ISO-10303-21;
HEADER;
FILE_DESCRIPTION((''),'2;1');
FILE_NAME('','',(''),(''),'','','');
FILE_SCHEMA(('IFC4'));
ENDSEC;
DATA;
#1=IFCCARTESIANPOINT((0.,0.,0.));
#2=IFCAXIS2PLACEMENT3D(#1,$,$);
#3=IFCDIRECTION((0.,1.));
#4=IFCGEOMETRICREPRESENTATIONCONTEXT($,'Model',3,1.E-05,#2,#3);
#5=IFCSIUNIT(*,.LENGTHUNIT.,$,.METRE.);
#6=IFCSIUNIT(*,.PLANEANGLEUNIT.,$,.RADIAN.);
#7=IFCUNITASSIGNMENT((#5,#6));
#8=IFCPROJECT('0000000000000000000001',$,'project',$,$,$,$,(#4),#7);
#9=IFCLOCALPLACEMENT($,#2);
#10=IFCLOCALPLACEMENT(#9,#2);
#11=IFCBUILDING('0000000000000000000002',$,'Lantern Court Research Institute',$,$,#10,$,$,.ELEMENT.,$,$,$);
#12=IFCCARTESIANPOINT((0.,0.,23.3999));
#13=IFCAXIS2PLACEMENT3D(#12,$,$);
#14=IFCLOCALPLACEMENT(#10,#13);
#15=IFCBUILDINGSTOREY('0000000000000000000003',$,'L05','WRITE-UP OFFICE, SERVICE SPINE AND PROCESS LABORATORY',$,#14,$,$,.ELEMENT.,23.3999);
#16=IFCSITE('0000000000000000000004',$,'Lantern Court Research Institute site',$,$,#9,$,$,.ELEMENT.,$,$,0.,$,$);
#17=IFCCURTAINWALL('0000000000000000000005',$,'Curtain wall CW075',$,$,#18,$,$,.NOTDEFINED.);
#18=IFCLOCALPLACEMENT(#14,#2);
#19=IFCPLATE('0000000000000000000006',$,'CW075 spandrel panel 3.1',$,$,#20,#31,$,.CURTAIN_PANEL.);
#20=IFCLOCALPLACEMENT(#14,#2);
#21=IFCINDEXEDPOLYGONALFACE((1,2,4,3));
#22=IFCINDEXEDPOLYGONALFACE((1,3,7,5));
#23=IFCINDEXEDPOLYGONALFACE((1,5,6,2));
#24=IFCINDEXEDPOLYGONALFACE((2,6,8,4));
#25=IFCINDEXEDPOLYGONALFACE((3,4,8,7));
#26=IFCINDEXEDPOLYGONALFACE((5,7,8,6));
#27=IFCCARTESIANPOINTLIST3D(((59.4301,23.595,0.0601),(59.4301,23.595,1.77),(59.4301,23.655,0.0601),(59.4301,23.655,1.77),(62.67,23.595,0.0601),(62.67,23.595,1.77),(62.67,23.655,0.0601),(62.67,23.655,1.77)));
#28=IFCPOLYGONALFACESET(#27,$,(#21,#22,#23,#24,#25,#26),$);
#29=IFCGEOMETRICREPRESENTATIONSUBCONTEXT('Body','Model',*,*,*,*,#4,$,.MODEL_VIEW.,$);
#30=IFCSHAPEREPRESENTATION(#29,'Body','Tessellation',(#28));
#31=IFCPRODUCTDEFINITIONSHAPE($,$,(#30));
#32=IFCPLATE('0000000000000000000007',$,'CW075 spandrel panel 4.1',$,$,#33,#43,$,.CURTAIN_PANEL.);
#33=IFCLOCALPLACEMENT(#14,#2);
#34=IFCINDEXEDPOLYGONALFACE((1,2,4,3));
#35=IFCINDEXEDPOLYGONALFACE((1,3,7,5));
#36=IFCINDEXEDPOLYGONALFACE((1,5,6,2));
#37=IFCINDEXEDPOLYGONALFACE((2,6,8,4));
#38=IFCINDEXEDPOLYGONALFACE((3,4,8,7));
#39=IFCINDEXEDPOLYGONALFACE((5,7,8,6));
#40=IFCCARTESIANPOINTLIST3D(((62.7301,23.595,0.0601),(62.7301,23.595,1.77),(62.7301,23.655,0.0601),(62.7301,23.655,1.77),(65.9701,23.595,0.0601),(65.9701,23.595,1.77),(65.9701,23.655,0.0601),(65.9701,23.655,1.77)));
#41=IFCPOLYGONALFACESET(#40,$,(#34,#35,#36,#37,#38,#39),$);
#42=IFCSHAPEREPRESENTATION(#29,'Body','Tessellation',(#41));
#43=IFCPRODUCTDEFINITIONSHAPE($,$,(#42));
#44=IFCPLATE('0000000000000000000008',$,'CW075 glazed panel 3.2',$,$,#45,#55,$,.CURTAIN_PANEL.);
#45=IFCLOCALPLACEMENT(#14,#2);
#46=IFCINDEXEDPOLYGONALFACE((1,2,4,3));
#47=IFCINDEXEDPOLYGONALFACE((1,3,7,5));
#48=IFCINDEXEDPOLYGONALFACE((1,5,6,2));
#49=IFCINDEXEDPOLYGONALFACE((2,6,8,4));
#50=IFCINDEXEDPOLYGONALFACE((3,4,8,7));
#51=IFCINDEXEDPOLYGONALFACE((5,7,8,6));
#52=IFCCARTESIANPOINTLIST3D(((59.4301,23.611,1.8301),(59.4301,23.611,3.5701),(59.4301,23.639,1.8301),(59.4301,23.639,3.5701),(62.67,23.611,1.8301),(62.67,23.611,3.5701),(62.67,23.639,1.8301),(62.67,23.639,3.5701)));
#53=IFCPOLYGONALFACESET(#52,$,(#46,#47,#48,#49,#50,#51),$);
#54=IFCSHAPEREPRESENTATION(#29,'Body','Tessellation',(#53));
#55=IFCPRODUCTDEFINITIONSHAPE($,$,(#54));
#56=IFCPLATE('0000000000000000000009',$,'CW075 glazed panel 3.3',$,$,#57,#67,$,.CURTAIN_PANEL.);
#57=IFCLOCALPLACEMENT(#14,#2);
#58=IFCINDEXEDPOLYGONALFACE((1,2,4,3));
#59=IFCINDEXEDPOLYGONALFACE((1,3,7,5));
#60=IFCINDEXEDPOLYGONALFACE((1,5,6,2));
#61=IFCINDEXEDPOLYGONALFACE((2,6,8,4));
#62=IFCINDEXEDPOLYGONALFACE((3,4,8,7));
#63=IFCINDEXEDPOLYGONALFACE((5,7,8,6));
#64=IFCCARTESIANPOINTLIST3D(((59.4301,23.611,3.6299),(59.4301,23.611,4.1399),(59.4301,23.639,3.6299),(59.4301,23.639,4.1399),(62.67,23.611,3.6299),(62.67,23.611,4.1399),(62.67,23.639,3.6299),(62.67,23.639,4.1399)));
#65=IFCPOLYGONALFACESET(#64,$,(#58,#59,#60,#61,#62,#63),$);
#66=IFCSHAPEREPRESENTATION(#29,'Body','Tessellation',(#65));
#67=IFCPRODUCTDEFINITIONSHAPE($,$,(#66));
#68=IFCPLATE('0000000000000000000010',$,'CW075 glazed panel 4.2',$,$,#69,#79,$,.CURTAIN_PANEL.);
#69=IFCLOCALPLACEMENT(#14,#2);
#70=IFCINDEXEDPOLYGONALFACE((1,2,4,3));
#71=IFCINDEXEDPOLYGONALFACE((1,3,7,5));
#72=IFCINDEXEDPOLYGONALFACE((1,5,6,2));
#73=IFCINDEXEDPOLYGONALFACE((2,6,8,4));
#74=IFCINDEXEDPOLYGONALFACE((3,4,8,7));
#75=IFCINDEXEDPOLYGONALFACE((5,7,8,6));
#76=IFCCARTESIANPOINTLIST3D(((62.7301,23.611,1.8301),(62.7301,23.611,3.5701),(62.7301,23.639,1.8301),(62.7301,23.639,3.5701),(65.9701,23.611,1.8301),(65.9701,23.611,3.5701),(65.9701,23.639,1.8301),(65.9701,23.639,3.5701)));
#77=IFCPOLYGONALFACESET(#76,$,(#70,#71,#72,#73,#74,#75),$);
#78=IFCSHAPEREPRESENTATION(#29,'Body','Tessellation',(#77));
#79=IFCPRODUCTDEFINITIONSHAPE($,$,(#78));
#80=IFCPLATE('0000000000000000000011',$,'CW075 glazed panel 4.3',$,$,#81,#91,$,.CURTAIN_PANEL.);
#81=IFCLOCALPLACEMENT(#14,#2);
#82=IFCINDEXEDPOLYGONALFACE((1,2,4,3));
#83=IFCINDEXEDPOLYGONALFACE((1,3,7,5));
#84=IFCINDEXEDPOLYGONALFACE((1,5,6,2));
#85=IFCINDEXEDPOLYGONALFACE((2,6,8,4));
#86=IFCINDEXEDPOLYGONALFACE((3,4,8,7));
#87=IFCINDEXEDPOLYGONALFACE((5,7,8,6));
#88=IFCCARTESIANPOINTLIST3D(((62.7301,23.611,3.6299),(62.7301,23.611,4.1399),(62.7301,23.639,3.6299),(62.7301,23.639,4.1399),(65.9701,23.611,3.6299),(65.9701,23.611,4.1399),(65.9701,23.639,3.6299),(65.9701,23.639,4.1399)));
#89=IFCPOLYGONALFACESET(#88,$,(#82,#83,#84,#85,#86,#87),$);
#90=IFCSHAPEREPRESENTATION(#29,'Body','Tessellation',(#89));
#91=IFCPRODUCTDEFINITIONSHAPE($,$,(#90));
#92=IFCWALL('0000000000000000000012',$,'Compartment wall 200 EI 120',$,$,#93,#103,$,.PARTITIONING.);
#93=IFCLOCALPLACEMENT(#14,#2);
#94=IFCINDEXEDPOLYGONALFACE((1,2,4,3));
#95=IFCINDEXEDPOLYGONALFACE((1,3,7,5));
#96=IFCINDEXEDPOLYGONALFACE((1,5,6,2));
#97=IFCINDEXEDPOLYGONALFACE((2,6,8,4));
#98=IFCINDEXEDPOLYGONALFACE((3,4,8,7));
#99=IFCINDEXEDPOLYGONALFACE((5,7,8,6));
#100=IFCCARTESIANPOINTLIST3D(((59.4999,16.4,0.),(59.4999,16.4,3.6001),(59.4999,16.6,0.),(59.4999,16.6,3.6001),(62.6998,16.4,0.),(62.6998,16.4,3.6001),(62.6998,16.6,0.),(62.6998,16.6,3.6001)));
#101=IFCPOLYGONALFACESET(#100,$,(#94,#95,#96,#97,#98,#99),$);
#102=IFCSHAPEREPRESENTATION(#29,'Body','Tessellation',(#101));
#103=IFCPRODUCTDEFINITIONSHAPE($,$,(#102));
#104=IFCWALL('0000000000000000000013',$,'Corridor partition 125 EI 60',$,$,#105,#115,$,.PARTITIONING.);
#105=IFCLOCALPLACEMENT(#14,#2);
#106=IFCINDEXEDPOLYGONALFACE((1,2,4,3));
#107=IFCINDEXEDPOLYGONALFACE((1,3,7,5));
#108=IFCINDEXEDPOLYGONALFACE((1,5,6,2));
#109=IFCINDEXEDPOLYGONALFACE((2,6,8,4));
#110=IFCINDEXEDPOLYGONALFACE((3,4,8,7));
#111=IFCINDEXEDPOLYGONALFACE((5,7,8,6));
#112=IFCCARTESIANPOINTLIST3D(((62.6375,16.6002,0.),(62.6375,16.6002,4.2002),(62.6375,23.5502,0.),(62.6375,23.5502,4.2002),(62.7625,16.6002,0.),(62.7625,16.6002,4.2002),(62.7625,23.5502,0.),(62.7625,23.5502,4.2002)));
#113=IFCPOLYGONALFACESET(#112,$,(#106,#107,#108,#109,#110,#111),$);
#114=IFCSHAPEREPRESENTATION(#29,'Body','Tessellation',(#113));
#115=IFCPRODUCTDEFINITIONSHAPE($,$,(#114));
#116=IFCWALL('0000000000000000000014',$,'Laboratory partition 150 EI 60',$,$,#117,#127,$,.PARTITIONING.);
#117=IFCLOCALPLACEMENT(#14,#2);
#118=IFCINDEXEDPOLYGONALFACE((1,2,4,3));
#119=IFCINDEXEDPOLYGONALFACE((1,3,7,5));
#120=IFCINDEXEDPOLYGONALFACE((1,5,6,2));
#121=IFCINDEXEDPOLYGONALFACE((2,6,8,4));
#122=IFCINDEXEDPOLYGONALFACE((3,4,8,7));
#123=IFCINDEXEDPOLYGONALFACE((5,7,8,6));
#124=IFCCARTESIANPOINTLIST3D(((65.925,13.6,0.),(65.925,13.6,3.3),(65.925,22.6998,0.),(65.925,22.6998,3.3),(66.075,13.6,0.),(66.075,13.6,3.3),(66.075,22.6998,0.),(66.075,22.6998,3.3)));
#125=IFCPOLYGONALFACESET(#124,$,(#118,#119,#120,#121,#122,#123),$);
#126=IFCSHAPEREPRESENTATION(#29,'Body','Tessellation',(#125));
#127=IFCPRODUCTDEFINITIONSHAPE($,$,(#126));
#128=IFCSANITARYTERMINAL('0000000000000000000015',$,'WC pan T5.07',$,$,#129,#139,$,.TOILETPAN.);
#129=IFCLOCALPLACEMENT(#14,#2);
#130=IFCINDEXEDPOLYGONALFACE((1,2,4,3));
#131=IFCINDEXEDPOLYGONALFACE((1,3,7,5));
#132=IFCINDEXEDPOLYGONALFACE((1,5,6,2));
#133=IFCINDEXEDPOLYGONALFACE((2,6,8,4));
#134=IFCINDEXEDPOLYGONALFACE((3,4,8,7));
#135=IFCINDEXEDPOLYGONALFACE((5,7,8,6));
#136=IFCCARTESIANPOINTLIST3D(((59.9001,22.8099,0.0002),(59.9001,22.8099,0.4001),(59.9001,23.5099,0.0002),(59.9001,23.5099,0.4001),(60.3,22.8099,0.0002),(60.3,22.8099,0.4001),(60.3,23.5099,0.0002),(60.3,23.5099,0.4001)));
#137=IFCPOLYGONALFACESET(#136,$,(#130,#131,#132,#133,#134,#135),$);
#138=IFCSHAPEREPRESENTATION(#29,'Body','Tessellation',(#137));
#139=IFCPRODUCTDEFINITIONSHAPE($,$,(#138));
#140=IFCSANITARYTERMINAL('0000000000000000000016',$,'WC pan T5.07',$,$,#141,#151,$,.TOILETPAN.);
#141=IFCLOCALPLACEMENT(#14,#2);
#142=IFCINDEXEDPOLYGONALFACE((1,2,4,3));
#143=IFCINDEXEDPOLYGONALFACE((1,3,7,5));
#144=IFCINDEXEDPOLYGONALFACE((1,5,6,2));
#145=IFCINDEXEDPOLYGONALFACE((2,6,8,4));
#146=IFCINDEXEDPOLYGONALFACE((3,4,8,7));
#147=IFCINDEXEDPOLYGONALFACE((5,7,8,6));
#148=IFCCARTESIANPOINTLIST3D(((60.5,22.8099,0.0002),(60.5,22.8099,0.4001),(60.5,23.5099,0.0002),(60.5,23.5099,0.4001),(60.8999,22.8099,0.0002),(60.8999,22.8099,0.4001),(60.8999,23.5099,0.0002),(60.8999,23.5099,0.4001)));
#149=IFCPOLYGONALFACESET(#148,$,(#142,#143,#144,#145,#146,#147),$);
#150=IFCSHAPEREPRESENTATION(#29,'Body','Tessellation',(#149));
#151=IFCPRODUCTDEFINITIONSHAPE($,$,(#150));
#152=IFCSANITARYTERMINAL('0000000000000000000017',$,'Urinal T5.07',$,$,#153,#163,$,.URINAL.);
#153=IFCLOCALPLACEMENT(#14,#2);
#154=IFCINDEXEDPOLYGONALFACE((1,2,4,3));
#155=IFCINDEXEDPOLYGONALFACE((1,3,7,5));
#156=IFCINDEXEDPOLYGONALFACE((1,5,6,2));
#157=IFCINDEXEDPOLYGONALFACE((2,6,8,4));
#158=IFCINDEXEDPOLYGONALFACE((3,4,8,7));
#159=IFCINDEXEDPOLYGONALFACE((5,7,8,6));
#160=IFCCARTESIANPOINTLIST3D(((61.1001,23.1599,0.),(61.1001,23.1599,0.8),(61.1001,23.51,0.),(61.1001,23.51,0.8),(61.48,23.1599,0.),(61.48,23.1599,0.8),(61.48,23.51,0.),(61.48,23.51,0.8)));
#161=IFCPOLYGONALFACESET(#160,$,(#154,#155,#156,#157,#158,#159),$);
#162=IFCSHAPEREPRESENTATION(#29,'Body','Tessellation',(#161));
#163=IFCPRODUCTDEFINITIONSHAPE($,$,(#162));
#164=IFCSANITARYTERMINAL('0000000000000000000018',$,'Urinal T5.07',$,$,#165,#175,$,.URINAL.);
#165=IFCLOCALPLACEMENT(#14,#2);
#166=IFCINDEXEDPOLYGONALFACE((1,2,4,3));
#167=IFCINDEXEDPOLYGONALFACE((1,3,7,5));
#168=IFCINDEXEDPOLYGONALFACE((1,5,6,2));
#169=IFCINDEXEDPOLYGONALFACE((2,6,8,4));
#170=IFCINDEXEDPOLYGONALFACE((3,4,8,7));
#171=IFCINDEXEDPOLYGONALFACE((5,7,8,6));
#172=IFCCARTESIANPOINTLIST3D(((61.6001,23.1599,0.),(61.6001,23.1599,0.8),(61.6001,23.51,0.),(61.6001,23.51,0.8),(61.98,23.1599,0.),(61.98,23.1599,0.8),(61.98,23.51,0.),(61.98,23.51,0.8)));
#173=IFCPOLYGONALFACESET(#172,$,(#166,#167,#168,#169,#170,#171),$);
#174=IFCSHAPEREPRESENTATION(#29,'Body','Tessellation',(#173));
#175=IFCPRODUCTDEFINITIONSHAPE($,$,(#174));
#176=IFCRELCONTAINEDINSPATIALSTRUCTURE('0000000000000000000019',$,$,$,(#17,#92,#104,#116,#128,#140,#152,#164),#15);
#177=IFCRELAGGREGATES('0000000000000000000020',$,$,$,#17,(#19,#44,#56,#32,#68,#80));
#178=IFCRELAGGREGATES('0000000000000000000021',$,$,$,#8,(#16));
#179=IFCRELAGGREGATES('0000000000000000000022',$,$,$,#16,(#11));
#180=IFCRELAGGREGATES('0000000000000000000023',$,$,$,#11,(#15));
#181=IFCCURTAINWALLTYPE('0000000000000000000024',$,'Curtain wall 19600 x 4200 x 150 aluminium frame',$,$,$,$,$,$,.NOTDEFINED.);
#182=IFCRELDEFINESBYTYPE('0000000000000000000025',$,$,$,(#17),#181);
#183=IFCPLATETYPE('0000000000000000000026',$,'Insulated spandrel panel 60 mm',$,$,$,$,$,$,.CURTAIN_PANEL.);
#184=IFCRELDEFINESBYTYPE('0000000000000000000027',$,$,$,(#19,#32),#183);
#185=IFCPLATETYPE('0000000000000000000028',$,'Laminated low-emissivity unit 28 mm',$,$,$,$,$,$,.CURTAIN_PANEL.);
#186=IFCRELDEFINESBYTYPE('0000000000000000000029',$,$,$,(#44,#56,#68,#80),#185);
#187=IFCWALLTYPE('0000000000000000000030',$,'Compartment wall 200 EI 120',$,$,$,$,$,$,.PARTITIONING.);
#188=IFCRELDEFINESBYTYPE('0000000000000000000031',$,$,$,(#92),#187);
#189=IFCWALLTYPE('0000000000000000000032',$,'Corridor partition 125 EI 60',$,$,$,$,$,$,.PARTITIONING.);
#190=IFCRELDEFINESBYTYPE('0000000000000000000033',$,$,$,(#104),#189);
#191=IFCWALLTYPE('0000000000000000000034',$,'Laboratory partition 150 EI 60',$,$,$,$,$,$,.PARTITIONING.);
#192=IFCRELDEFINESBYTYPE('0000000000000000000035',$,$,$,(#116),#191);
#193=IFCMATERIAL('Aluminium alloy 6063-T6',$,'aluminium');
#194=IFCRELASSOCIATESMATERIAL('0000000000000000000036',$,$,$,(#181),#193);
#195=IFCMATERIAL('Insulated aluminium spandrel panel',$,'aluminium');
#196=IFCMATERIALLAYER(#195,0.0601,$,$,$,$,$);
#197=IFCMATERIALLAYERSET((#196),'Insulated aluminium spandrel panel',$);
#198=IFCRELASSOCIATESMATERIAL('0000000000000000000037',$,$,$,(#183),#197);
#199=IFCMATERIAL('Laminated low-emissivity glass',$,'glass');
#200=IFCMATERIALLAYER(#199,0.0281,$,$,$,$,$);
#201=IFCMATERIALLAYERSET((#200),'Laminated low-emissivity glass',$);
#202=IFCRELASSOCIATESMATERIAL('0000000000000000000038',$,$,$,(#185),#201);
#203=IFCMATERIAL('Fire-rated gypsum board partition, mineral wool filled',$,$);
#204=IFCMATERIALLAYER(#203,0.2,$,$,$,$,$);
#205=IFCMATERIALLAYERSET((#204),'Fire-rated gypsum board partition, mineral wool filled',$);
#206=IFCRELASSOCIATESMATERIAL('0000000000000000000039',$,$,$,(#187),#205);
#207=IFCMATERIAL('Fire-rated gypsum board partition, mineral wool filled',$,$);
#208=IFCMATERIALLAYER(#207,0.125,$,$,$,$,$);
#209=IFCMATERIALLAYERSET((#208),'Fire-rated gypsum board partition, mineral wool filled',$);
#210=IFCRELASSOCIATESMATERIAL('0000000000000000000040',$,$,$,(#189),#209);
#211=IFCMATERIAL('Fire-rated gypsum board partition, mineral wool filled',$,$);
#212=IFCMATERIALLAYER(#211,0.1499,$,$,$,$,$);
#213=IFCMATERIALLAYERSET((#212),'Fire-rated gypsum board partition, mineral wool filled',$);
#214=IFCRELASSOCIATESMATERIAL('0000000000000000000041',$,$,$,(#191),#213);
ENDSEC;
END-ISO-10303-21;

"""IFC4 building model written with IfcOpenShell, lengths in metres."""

from ifc_helpers import new_model, si_unit, direction, frame, frame_2d, origin, origin_2d, place, context, subcontext, project, spatial, rectangle, extrude, material, layer, layer_set, type_object, element, aggregate, save


model = new_model("IFC4")

# Units and contexts
model_context = context("Model", 3, precision=1e-05, world=origin(), true_north=direction((0.0, 1.0)))
body_context = subcontext(model_context, "Body", "Model", "MODEL_VIEW")
ifc_project = project(units=[si_unit("LENGTHUNIT", "METRE"), si_unit("PLANEANGLEUNIT", "RADIAN")], contexts=[model_context])

# Site, building, storey
site_placement = place(None, origin())
site = spatial("IfcSite", under=ifc_project, at=site_placement, Name="Lantern Court Research Institute site", CompositionType="ELEMENT", RefElevation=0.0)
building_placement = place(site_placement, origin())
building = spatial("IfcBuilding", under=site, at=building_placement, Name="Lantern Court Research Institute", CompositionType="ELEMENT")
storey_placement = place(building_placement, frame((0.0, 0.0, 23.3999)))
storey = spatial("IfcBuildingStorey", under=building, at=storey_placement, Name="L05", Description="WRITE-UP OFFICE, SERVICE SPINE AND PROCESS LABORATORY", CompositionType="ELEMENT", Elevation=23.3999)

# Curtain wall
ifc_material_1 = material(Name="Aluminium alloy 6063-T6", Category="aluminium")
curtain_wall_type = type_object("IfcCurtainWallType", Name="Curtain wall 19600 x 4200 x 150 aluminium frame", PredefinedType="NOTDEFINED", material=ifc_material_1)
curtain_wall_placement = place(storey_placement, origin())
curtain_wall = element("IfcCurtainWall", 1, at=curtain_wall_placement, inside=storey, type_object=curtain_wall_type, Name="Curtain wall CW075", PredefinedType="NOTDEFINED")

# Plates
ifc_material_2 = material(Name="Insulated aluminium spandrel panel", Category="aluminium")
ifc_layer_1 = layer(ifc_material_2, 0.0601)
ifc_layer_set_1 = layer_set([ifc_layer_1], Name="Insulated aluminium spandrel panel")
plate_type_1 = type_object("IfcPlateType", Name="Insulated spandrel panel 60 mm", PredefinedType="CURTAIN_PANEL", material=ifc_layer_set_1)
plate_1_placement = place(storey_placement, frame((61.05, 23.625, 0.0601), z_axis=(0.0, 0.0, 1.0), x_axis=(1.0, 0.0, 0.0)))
plate_1 = element("IfcPlate", 2, at=plate_1_placement, type_object=plate_type_1, Name="CW075 spandrel panel 3.1", PredefinedType="CURTAIN_PANEL", context=body_context, shape_type="SweptSolid", body=[
    extrude(rectangle(XDim=3.24, YDim=0.0601, at=origin_2d()), origin(), (0.0, 0.0, 1.0), 1.71),
])
plate_2_placement = place(storey_placement, frame((64.3501, 23.625, 0.0601), z_axis=(0.0, 0.0, 1.0), x_axis=(1.0, 0.0, 0.0)))
plate_2 = element("IfcPlate", 3, at=plate_2_placement, type_object=plate_type_1, Name="CW075 spandrel panel 4.1", PredefinedType="CURTAIN_PANEL", context=body_context, shape_type="SweptSolid", body=[
    extrude(rectangle(XDim=3.24, YDim=0.0601, at=origin_2d()), origin(), (0.0, 0.0, 1.0), 1.71),
])
ifc_material_3 = material(Name="Laminated low-emissivity glass", Category="glass")
ifc_layer_2 = layer(ifc_material_3, 0.0281)
ifc_layer_set_2 = layer_set([ifc_layer_2], Name="Laminated low-emissivity glass")
plate_type_2 = type_object("IfcPlateType", Name="Laminated low-emissivity unit 28 mm", PredefinedType="CURTAIN_PANEL", material=ifc_layer_set_2)
plate_3_placement = place(storey_placement, frame((61.05, 23.625, 1.8301), z_axis=(0.0, 0.0, 1.0), x_axis=(1.0, 0.0, 0.0)))
plate_3 = element("IfcPlate", 4, at=plate_3_placement, type_object=plate_type_2, Name="CW075 glazed panel 3.2", PredefinedType="CURTAIN_PANEL", context=body_context, shape_type="SweptSolid", body=[
    extrude(rectangle(XDim=3.24, YDim=0.0281, at=origin_2d()), origin(), (0.0, 0.0, 1.0), 1.74),
])
plate_4_placement = place(storey_placement, frame((61.05, 23.625, 3.6299), z_axis=(0.0, 0.0, 1.0), x_axis=(1.0, 0.0, 0.0)))
plate_4 = element("IfcPlate", 5, at=plate_4_placement, type_object=plate_type_2, Name="CW075 glazed panel 3.3", PredefinedType="CURTAIN_PANEL", context=body_context, shape_type="SweptSolid", body=[
    extrude(rectangle(XDim=3.24, YDim=0.0281, at=origin_2d()), origin(), (0.0, 0.0, 1.0), 0.51),
])
plate_5_placement = place(storey_placement, frame((64.3501, 23.625, 1.8301), z_axis=(0.0, 0.0, 1.0), x_axis=(1.0, 0.0, 0.0)))
plate_5 = element("IfcPlate", 6, at=plate_5_placement, type_object=plate_type_2, Name="CW075 glazed panel 4.2", PredefinedType="CURTAIN_PANEL", context=body_context, shape_type="SweptSolid", body=[
    extrude(rectangle(XDim=3.24, YDim=0.0281, at=origin_2d()), origin(), (0.0, 0.0, 1.0), 1.74),
])
plate_6_placement = place(storey_placement, frame((64.3501, 23.625, 3.6299), z_axis=(0.0, 0.0, 1.0), x_axis=(1.0, 0.0, 0.0)))
plate_6 = element("IfcPlate", 7, at=plate_6_placement, type_object=plate_type_2, Name="CW075 glazed panel 4.3", PredefinedType="CURTAIN_PANEL", context=body_context, shape_type="SweptSolid", body=[
    extrude(rectangle(XDim=3.24, YDim=0.0281, at=origin_2d()), origin(), (0.0, 0.0, 1.0), 0.51),
])
aggregate(curtain_wall, [plate_1, plate_3, plate_4, plate_2, plate_5, plate_6])

# Walls
ifc_material_4 = material(Name="Fire-rated gypsum board partition, mineral wool filled")
ifc_layer_3 = layer(ifc_material_4, 0.2)
ifc_layer_set_3 = layer_set([ifc_layer_3], Name="Fire-rated gypsum board partition, mineral wool filled")
wall_type_1 = type_object("IfcWallType", Name="Compartment wall 200 EI 120", PredefinedType="PARTITIONING", material=ifc_layer_set_3)
wall_1_placement = place(storey_placement, frame((62.7, 16.5, 0.0), z_axis=(0.0, 0.0, 1.0), x_axis=(-1.0, 0.0, 0.0)))
element("IfcWall", 8, at=wall_1_placement, inside=storey, type_object=wall_type_1, Name="Compartment wall 200 EI 120", PredefinedType="PARTITIONING", context=body_context, shape_type="SweptSolid", body=[
    extrude(rectangle(XDim=3.2, YDim=0.2, at=frame_2d((1.6001, 0.0))), origin(), (0.0, 0.0, 1.0), 3.6001),
])
ifc_material_5 = material(Name="Fire-rated gypsum board partition, mineral wool filled")
ifc_layer_4 = layer(ifc_material_5, 0.125)
ifc_layer_set_4 = layer_set([ifc_layer_4], Name="Fire-rated gypsum board partition, mineral wool filled")
wall_type_2 = type_object("IfcWallType", Name="Corridor partition 125 EI 60", PredefinedType="PARTITIONING", material=ifc_layer_set_4)
wall_2_placement = place(storey_placement, frame((62.7, 16.6001, 0.0), z_axis=(0.0, 0.0, 1.0), x_axis=(0.0, 1.0, 0.0)))
element("IfcWall", 9, at=wall_2_placement, inside=storey, type_object=wall_type_2, Name="Corridor partition 125 EI 60", PredefinedType="PARTITIONING", context=body_context, shape_type="SweptSolid", body=[
    extrude(rectangle(XDim=6.95, YDim=0.125, at=frame_2d((3.4751, 0.0))), origin(), (0.0, 0.0, 1.0), 4.2002),
])
ifc_material_6 = material(Name="Fire-rated gypsum board partition, mineral wool filled")
ifc_layer_5 = layer(ifc_material_6, 0.1499)
ifc_layer_set_5 = layer_set([ifc_layer_5], Name="Fire-rated gypsum board partition, mineral wool filled")
wall_type_3 = type_object("IfcWallType", Name="Laboratory partition 150 EI 60", PredefinedType="PARTITIONING", material=ifc_layer_set_5)
wall_3_placement = place(storey_placement, frame((66.0, 13.6001, 0.0), z_axis=(0.0, 0.0, 1.0), x_axis=(0.0, 1.0, 0.0)))
element("IfcWall", 10, at=wall_3_placement, inside=storey, type_object=wall_type_3, Name="Laboratory partition 150 EI 60", PredefinedType="PARTITIONING", context=body_context, shape_type="SweptSolid", body=[
    extrude(rectangle(XDim=9.0999, YDim=0.1499, at=frame_2d((4.5498, 0.0))), origin(), (0.0, 0.0, 1.0), 3.3),
])

# Sanitary terminals
for number, where, z_axis, x_axis, name in (
    (11, (60.1001, 23.1599, 0.0002), (0.0, 0.0, 1.0), (1.0, 0.0, 0.0), "WC pan T5.07"),
    (12, (60.7, 23.1599, 0.0002), (0.0, 0.0, 1.0), (1.0, 0.0, 0.0), "WC pan T5.07"),
):
    element("IfcSanitaryTerminal", number, at=place(storey_placement, frame(where, z_axis=z_axis, x_axis=x_axis)), inside=storey, Name=name, PredefinedType="TOILETPAN", context=body_context, shape_type="SweptSolid", body=[
        extrude(rectangle(XDim=0.3999, YDim=0.7, at=origin_2d()), origin(), (0.0, 0.0, 1.0), 0.3999),
    ])
for number, where, z_axis, x_axis, name in (
    (13, (61.29, 23.335, 0.0), (0.0, 0.0, 1.0), (1.0, 0.0, 0.0), "Urinal T5.07"),
    (14, (61.79, 23.335, 0.0), (0.0, 0.0, 1.0), (1.0, 0.0, 0.0), "Urinal T5.07"),
):
    element("IfcSanitaryTerminal", number, at=place(storey_placement, frame(where, z_axis=z_axis, x_axis=x_axis)), inside=storey, Name=name, PredefinedType="URINAL", context=body_context, shape_type="SweptSolid", body=[
        extrude(rectangle(XDim=0.3799, YDim=0.3501, at=origin_2d()), origin(), (0.0, 0.0, 1.0), 0.8),
    ])

save(model, "model.ifc")
